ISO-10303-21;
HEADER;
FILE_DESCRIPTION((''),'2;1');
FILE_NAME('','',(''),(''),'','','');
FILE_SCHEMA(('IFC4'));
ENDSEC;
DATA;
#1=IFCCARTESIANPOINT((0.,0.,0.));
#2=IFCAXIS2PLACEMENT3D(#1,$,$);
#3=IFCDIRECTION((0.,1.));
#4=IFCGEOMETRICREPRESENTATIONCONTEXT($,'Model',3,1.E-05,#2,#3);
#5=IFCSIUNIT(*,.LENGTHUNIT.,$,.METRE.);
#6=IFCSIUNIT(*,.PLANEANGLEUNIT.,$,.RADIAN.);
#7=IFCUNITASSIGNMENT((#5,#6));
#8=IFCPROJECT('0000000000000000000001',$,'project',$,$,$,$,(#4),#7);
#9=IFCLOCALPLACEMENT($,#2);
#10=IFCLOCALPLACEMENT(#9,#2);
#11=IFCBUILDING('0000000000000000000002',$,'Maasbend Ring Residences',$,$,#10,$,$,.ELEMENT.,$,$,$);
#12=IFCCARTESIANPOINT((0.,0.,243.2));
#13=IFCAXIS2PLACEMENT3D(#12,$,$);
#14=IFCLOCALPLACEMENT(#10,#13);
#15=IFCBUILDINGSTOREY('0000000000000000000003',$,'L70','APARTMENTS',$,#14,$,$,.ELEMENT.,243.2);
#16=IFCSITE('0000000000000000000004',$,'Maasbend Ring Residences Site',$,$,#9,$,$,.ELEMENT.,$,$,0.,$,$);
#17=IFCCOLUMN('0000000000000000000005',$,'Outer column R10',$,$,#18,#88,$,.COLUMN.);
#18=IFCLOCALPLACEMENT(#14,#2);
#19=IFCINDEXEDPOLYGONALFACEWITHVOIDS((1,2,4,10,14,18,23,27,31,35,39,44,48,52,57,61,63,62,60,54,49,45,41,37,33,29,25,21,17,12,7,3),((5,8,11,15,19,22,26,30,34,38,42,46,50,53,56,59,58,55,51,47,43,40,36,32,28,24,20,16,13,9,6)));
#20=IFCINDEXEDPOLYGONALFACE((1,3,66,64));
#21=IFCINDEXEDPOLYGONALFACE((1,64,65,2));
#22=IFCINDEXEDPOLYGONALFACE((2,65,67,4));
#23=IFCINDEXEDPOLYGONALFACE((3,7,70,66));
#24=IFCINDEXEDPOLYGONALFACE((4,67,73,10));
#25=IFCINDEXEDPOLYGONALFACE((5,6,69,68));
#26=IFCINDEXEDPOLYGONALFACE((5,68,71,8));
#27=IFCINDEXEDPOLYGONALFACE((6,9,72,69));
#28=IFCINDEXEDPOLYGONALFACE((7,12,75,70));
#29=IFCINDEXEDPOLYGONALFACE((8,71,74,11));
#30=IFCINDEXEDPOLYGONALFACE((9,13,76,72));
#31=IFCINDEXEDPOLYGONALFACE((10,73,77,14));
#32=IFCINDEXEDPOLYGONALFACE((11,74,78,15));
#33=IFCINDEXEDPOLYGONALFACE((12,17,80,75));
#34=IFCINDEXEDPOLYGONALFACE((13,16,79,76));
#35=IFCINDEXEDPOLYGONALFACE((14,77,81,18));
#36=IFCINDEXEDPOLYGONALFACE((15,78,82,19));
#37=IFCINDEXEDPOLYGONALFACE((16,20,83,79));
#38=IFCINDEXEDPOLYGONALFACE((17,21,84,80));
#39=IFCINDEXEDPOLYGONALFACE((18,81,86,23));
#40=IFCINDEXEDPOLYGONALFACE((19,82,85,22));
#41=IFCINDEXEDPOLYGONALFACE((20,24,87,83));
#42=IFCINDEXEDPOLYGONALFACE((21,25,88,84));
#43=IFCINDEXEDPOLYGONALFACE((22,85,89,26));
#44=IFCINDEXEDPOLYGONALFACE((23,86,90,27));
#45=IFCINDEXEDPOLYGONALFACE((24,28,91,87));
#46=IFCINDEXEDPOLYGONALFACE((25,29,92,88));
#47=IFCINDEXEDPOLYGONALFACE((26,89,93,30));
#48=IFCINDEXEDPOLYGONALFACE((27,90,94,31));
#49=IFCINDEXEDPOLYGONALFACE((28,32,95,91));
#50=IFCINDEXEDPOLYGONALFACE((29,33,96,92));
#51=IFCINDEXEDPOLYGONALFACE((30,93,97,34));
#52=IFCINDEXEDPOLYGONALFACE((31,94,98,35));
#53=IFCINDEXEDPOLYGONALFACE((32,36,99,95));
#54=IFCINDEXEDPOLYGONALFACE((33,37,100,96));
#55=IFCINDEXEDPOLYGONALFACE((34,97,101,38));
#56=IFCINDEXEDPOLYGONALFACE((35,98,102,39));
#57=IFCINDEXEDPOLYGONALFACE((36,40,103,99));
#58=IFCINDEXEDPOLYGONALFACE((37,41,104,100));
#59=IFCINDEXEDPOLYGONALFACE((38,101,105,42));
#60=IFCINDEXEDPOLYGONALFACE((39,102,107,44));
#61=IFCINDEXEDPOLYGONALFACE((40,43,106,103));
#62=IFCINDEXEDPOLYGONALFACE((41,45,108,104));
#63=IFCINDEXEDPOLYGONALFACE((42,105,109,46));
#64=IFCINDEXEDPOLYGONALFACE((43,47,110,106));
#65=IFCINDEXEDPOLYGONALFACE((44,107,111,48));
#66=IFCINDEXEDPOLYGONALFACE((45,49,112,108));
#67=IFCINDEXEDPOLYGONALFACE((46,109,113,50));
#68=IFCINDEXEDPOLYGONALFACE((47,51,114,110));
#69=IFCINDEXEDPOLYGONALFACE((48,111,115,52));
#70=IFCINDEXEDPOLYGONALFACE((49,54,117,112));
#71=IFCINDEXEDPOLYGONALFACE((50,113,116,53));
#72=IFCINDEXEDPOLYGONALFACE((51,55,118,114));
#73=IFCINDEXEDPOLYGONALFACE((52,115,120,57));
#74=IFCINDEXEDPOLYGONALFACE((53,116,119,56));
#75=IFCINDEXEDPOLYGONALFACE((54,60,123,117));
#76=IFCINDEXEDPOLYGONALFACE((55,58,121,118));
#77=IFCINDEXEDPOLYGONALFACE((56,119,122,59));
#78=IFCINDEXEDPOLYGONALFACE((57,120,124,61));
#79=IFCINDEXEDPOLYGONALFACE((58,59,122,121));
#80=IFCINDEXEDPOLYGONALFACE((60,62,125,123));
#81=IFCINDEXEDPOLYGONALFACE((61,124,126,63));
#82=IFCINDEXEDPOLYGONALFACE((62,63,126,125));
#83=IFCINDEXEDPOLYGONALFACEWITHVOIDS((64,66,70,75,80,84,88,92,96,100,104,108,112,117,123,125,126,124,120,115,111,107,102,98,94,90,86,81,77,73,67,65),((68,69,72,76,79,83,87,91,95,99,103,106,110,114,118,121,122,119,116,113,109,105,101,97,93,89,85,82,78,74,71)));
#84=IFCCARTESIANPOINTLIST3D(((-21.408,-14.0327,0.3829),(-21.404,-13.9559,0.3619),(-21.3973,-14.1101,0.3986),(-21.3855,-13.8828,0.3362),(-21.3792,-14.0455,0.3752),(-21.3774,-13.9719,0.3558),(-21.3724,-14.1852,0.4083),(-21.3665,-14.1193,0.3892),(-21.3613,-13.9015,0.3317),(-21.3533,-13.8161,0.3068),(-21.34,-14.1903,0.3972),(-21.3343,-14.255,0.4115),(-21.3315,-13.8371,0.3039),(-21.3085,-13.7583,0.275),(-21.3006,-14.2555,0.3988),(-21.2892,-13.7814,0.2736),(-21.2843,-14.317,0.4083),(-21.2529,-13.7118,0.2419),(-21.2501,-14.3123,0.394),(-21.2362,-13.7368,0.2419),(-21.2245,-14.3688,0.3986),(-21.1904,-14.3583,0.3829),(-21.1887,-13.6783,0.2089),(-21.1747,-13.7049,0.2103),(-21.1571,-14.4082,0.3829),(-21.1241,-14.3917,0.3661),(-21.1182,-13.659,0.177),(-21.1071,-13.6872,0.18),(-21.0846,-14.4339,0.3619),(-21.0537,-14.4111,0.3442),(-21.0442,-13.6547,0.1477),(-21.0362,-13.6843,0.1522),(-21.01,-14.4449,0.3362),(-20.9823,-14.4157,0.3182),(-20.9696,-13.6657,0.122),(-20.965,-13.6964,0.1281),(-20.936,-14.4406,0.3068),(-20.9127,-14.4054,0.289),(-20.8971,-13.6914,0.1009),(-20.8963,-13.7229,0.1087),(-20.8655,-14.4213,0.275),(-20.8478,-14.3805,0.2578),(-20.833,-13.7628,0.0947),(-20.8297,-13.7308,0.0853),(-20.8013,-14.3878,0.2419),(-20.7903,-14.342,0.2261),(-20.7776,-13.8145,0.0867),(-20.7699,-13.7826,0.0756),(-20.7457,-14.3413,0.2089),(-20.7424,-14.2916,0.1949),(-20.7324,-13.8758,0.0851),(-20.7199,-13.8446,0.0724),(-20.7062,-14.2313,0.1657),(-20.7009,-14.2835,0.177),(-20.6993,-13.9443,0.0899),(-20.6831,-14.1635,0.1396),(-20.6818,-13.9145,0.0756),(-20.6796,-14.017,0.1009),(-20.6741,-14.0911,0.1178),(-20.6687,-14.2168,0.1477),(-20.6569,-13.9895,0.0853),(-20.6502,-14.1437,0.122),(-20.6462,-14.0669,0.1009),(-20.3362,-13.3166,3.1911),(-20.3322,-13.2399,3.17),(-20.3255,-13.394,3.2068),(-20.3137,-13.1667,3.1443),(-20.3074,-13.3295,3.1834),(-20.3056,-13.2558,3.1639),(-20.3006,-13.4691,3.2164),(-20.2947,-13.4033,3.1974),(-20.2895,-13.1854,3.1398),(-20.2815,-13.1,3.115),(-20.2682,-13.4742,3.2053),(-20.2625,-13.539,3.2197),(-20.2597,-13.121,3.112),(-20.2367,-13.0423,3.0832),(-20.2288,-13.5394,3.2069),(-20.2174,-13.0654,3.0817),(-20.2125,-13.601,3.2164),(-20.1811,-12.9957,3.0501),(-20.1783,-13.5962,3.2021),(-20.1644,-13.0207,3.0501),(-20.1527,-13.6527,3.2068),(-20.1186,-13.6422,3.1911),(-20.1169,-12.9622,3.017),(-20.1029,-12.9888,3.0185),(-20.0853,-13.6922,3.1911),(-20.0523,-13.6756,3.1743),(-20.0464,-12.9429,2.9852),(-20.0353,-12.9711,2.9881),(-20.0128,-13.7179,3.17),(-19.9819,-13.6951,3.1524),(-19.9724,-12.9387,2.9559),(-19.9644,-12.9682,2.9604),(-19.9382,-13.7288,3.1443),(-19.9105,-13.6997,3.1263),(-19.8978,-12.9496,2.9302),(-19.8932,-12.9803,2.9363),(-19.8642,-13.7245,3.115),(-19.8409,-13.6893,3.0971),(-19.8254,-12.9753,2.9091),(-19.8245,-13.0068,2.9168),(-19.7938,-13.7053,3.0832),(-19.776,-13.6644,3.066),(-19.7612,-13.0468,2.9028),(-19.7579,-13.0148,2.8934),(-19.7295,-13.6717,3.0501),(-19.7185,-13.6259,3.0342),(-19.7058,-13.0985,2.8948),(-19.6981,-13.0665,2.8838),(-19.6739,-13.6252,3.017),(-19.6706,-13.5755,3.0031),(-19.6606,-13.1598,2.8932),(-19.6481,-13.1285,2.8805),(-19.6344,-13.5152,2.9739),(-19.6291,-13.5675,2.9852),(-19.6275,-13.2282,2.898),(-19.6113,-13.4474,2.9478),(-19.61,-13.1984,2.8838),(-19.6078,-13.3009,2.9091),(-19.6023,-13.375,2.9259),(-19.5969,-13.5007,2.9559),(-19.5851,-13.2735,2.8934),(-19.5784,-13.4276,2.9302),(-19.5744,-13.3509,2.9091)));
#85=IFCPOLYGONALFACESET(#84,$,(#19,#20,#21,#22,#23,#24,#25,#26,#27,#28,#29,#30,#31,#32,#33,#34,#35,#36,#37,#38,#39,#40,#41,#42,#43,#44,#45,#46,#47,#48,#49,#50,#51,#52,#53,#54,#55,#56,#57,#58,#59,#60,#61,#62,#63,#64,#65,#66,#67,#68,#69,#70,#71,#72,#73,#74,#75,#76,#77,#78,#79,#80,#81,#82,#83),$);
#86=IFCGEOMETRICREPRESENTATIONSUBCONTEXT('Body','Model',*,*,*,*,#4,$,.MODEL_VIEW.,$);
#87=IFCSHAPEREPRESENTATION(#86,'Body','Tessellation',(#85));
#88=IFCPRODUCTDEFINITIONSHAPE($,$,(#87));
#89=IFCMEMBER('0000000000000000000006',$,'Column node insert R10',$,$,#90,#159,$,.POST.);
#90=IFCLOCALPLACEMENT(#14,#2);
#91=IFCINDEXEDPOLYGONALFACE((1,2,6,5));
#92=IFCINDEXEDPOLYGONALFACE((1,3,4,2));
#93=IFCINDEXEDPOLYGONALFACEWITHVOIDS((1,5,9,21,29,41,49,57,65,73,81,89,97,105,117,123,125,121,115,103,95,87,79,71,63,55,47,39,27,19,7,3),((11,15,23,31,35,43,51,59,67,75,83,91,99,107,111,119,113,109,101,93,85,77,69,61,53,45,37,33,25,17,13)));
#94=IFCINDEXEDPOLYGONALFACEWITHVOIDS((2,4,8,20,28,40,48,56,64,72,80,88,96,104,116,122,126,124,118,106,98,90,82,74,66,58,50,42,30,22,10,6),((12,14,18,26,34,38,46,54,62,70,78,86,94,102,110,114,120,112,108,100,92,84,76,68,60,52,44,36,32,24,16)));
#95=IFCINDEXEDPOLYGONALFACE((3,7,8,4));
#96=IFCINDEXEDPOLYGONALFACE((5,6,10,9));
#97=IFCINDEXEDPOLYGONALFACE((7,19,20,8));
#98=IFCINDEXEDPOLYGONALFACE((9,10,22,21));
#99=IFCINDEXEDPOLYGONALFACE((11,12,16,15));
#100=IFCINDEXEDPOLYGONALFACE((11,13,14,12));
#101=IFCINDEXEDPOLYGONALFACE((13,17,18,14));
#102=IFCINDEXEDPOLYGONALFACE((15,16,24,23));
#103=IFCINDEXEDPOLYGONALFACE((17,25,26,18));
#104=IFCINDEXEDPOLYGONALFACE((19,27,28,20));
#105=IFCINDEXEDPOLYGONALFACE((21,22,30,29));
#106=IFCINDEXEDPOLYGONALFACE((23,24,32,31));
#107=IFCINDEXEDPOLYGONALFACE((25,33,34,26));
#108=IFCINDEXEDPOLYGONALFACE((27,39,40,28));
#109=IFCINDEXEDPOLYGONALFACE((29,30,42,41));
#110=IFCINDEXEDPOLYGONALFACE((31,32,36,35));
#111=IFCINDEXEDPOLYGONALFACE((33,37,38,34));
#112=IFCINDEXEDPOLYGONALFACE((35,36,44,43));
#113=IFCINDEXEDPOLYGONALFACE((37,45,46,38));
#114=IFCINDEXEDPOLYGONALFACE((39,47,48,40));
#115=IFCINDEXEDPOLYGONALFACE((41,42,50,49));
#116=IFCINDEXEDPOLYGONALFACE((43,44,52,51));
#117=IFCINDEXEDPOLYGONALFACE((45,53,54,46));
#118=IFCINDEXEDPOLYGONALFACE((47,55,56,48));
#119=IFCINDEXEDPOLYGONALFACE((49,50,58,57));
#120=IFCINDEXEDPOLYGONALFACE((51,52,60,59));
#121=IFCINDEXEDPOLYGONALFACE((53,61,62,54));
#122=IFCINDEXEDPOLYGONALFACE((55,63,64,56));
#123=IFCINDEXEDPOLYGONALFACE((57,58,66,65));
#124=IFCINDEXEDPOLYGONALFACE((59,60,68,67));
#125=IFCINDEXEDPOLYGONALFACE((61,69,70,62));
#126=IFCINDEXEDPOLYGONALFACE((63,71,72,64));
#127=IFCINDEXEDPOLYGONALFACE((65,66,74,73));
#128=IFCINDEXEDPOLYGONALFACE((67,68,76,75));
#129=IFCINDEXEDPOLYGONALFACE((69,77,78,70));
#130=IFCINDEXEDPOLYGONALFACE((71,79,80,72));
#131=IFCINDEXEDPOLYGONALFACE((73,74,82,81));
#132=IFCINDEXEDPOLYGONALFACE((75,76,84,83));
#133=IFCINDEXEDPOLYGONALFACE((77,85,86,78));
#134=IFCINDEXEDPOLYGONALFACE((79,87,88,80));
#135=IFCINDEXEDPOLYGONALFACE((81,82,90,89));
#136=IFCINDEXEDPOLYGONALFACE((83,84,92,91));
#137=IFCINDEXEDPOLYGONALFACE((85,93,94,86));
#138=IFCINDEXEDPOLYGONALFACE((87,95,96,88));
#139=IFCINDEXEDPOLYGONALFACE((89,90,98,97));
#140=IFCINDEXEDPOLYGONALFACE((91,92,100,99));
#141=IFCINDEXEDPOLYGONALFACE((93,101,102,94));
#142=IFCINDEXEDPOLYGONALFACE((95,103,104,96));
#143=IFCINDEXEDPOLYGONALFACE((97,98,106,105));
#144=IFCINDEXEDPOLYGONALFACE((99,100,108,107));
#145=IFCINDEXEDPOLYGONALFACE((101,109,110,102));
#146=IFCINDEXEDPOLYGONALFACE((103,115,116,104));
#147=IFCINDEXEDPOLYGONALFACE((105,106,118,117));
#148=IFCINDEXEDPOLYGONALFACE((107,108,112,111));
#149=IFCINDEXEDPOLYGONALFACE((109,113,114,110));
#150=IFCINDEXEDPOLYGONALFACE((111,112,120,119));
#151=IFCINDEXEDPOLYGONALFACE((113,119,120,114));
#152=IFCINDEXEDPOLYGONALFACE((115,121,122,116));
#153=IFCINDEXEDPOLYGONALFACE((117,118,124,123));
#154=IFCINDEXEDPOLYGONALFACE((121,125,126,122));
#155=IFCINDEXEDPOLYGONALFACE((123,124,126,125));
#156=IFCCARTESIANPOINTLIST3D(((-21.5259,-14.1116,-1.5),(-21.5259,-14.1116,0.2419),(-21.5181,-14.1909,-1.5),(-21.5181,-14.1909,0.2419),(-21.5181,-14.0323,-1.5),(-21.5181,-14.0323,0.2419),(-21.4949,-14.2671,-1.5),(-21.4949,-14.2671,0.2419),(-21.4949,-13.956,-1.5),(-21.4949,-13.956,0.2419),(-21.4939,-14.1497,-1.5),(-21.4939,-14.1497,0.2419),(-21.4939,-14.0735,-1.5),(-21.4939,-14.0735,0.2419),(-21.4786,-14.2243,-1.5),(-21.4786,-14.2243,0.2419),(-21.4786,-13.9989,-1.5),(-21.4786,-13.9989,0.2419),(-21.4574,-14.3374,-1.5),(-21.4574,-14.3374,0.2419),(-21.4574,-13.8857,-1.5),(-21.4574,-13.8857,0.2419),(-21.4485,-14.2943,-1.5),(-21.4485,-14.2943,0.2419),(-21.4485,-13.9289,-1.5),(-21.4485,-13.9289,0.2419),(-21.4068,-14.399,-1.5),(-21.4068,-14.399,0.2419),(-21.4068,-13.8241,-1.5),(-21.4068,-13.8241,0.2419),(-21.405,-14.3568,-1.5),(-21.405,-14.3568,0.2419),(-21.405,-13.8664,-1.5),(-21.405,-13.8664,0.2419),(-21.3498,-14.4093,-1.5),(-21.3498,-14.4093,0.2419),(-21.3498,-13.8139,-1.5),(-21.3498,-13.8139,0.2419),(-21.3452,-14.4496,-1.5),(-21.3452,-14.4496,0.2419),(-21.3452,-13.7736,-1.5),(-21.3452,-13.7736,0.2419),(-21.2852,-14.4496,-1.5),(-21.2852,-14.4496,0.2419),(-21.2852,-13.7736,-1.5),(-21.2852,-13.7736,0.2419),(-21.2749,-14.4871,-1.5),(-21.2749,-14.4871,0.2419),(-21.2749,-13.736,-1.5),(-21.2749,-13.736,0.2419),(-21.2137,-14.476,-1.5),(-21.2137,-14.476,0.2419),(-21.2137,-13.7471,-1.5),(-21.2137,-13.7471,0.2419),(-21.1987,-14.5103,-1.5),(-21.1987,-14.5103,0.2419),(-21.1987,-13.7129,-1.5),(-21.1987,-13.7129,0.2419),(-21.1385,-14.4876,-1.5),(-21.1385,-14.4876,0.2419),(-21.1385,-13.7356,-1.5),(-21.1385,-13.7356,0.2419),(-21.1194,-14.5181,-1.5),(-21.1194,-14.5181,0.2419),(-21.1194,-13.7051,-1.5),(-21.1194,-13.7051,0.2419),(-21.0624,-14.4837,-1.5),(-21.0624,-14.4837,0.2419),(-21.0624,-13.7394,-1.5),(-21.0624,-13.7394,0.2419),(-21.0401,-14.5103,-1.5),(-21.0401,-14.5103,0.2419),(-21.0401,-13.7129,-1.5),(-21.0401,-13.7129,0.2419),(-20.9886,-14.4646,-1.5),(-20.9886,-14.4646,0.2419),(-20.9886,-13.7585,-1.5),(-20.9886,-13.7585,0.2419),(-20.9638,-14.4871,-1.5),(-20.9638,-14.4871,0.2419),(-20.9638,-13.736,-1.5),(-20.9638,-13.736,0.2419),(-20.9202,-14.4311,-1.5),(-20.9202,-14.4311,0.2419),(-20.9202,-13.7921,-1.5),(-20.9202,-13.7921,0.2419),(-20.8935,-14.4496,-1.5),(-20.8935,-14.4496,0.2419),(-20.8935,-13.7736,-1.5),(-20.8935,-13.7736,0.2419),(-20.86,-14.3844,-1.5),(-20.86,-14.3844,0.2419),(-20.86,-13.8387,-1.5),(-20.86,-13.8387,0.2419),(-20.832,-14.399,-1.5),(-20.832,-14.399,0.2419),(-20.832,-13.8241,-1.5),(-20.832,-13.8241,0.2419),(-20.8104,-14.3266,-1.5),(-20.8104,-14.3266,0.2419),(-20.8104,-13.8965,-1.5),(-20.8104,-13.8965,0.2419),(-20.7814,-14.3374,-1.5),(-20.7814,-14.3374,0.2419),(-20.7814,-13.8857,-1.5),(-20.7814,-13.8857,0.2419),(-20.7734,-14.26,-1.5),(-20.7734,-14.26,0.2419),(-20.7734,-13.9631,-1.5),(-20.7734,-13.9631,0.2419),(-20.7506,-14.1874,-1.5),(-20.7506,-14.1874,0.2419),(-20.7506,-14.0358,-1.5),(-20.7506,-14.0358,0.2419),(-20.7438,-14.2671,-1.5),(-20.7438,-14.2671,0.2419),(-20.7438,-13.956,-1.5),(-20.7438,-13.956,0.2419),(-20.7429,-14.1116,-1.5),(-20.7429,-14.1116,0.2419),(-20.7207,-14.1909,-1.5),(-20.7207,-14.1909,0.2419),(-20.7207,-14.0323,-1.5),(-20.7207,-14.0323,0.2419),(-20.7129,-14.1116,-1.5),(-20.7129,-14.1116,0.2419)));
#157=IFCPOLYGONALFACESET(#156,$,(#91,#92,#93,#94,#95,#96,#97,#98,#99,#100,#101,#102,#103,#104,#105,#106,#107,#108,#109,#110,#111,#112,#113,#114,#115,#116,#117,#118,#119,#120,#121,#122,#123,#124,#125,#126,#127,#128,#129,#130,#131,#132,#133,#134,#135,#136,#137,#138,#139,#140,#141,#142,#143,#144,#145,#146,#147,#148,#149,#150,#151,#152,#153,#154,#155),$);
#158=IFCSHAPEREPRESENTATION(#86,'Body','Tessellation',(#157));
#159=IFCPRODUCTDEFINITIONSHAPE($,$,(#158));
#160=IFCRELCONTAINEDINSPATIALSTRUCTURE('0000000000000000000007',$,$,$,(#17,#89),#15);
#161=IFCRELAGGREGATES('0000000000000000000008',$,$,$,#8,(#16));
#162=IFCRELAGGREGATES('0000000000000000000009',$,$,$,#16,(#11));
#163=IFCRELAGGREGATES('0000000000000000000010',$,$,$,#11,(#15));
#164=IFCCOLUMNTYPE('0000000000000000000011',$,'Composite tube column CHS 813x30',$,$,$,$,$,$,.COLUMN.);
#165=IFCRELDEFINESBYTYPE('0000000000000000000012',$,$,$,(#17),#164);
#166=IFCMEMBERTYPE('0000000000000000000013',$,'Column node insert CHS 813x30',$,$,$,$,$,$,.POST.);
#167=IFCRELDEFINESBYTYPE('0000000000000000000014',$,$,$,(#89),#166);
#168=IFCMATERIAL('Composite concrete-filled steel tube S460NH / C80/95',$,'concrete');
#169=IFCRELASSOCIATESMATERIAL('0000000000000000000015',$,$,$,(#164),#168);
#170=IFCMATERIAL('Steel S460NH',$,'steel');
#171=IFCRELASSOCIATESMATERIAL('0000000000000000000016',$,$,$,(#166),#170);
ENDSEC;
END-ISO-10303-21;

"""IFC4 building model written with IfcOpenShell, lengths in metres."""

from ifc_helpers import new_model, si_unit, direction, frame, origin, origin_2d, place, context, subcontext, project, spatial, hollow_circle, extrude, material, material_profile, profile_set, type_object, element, save


model = new_model("IFC4")

# Units and contexts
model_context = context("Model", 3, precision=1e-05, world=origin(), true_north=direction((0.0, 1.0)))
body_context = subcontext(model_context, "Body", "Model", "MODEL_VIEW")
ifc_project = project(units=[si_unit("LENGTHUNIT", "METRE"), si_unit("PLANEANGLEUNIT", "RADIAN")], contexts=[model_context])

# Site, building, storey
site_placement = place(None, origin())
site = spatial("IfcSite", under=ifc_project, at=site_placement, Name="Maasbend Ring Residences Site", CompositionType="ELEMENT", RefElevation=0.0)
building_placement = place(site_placement, origin())
building = spatial("IfcBuilding", under=site, at=building_placement, Name="Maasbend Ring Residences", CompositionType="ELEMENT")
storey_placement = place(building_placement, frame((0.0, 0.0, 243.2)))
storey = spatial("IfcBuildingStorey", under=building, at=storey_placement, Name="L70", Description="APARTMENTS", CompositionType="ELEMENT", Elevation=243.2)

# Column
ifc_material_1 = material(Name="Composite concrete-filled steel tube S460NH / C80/95", Category="concrete")
ifc_material_profile_1 = material_profile(ifc_material_1, hollow_circle(Radius=0.4065, WallThickness=0.03, at=origin_2d()), Name="Composite tube column CHS 813x30")
ifc_profile_set_1 = profile_set([ifc_material_profile_1], Name="Composite concrete-filled steel tube S460NH / C80/95")
column_type = type_object("IfcColumnType", Name="Composite tube column CHS 813x30", PredefinedType="COLUMN", material=ifc_profile_set_1)
column_placement = place(storey_placement, frame((-21.0271, -14.0498, 0.2419), z_axis=(0.346875, 0.23175, 0.908829), x_axis=(-0.55553, 0.831496, 0.0)))
element("IfcColumn", 1, at=column_placement, inside=storey, type_object=column_type, Name="Outer column R10", PredefinedType="COLUMN", context=body_context, shape_type="SweptSolid", body=[
    extrude(hollow_circle(Radius=0.4065, WallThickness=0.03, at=origin_2d()), origin(), (0.0, 0.0, 1.0), 3.0898),
])

# Member
ifc_material_2 = material(Name="Steel S460NH", Category="steel")
ifc_material_profile_2 = material_profile(ifc_material_2, hollow_circle(Radius=0.4065, WallThickness=0.03, at=origin_2d()), Name="Column node insert CHS 813x30")
ifc_profile_set_2 = profile_set([ifc_material_profile_2], Name="Steel S460NH")
member_type = type_object("IfcMemberType", Name="Column node insert CHS 813x30", PredefinedType="POST", material=ifc_profile_set_2)
member_placement = place(storey_placement, frame((-21.1194, -14.1116, -1.5), z_axis=(0.0, 0.0, 1.0), x_axis=(1.0, 0.0, 0.0)))
element("IfcMember", 2, at=member_placement, inside=storey, type_object=member_type, Name="Column node insert R10", PredefinedType="POST", context=body_context, shape_type="SweptSolid", body=[
    extrude(hollow_circle(Radius=0.4065, WallThickness=0.03, at=origin_2d()), origin(), (0.0, 0.0, 1.0), 1.7419),
])

save(model, "model.ifc")
